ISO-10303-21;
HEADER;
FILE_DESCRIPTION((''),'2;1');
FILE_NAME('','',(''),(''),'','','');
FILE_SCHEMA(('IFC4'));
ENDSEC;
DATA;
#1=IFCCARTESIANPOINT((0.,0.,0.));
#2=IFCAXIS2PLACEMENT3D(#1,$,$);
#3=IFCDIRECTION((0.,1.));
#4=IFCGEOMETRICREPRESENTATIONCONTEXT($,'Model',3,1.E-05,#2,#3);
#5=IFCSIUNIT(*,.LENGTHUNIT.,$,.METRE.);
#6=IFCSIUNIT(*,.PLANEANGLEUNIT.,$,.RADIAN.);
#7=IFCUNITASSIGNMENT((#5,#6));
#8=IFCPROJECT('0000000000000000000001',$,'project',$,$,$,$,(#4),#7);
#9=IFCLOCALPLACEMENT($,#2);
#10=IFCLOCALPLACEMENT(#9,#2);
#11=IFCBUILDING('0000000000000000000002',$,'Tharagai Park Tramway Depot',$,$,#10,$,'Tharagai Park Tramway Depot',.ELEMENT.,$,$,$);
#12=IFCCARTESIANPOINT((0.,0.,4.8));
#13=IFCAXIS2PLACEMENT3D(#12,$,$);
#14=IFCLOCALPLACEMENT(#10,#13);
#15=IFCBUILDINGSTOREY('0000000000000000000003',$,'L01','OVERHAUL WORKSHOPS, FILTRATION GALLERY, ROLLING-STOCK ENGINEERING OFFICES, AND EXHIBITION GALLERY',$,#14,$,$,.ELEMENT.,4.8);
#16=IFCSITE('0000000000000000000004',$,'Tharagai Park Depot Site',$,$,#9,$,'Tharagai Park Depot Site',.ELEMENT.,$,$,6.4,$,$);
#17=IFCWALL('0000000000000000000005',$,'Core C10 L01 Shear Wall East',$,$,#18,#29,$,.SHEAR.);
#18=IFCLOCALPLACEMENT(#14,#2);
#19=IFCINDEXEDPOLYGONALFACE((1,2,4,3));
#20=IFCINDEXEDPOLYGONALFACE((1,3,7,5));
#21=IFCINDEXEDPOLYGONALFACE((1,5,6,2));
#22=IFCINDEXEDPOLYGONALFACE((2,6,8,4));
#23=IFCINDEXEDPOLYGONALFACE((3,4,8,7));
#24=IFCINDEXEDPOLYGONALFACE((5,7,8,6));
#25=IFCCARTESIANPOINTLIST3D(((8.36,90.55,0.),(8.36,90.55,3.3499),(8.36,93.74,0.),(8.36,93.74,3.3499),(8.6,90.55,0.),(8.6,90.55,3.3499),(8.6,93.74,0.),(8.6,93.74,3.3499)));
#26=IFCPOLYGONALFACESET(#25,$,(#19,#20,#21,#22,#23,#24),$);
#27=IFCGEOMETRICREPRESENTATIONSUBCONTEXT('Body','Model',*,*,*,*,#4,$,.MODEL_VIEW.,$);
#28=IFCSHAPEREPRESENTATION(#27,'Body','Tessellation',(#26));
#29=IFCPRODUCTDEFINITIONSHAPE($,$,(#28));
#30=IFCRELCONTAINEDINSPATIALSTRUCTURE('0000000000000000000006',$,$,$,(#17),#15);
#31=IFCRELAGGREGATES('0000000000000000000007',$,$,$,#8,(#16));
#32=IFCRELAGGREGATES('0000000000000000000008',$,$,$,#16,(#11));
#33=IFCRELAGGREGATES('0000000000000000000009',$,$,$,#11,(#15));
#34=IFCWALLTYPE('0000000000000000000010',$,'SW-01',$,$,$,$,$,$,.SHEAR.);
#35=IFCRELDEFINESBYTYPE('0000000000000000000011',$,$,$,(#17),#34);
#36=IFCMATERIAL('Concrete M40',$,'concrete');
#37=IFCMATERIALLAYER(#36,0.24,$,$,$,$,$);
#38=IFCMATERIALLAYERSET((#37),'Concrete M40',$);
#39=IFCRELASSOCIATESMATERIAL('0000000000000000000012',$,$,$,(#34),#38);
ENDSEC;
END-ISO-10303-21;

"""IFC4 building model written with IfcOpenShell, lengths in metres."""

from ifc_helpers import new_model, si_unit, direction, frame, frame_2d, origin, place, context, subcontext, project, spatial, rectangle, extrude, material, layer, layer_set, type_object, element, save


model = new_model("IFC4")

# Units and contexts
model_context = context("Model", 3, precision=1e-05, world=origin(), true_north=direction((0.0, 1.0)))
body_context = subcontext(model_context, "Body", "Model", "MODEL_VIEW")
ifc_project = project(units=[si_unit("LENGTHUNIT", "METRE"), si_unit("PLANEANGLEUNIT", "RADIAN")], contexts=[model_context])

# Site, building, storey
site_placement = place(None, origin())
site = spatial("IfcSite", under=ifc_project, at=site_placement, Name="Tharagai Park Depot Site", LongName="Tharagai Park Depot Site", CompositionType="ELEMENT", RefElevation=6.4)
building_placement = place(site_placement, origin())
building = spatial("IfcBuilding", under=site, at=building_placement, Name="Tharagai Park Tramway Depot", LongName="Tharagai Park Tramway Depot", CompositionType="ELEMENT")
storey_placement = place(building_placement, frame((0.0, 0.0, 4.8)))
storey = spatial("IfcBuildingStorey", under=building, at=storey_placement, Name="L01", Description="OVERHAUL WORKSHOPS, FILTRATION GALLERY, ROLLING-STOCK ENGINEERING OFFICES, AND EXHIBITION GALLERY", CompositionType="ELEMENT", Elevation=4.8)

# Shared definitions
ifc_material_1 = material(Name="Concrete M40", Category="concrete")

# Wall
ifc_layer_1 = layer(ifc_material_1, 0.24)
ifc_layer_set_1 = layer_set([ifc_layer_1], Name="Concrete M40")
wall_type_1 = type_object("IfcWallType", Name="SW-01", PredefinedType="SHEAR", material=ifc_layer_set_1)
wall_1_placement = place(storey_placement, frame((8.48, 90.55, 0.0), z_axis=(0.0, 0.0, 1.0), x_axis=(0.0, 1.0, 0.0)))
element("IfcWall", 1, at=wall_1_placement, inside=storey, type_object=wall_type_1, Name="Core C10 L01 Shear Wall East", PredefinedType="SHEAR", context=body_context, shape_type="SweptSolid", body=[
    extrude(rectangle(XDim=3.1899, YDim=0.24, at=frame_2d((1.595, 0.0))), origin(), (0.0, 0.0, 1.0), 3.3499),
])

save(model, "model.ifc")
